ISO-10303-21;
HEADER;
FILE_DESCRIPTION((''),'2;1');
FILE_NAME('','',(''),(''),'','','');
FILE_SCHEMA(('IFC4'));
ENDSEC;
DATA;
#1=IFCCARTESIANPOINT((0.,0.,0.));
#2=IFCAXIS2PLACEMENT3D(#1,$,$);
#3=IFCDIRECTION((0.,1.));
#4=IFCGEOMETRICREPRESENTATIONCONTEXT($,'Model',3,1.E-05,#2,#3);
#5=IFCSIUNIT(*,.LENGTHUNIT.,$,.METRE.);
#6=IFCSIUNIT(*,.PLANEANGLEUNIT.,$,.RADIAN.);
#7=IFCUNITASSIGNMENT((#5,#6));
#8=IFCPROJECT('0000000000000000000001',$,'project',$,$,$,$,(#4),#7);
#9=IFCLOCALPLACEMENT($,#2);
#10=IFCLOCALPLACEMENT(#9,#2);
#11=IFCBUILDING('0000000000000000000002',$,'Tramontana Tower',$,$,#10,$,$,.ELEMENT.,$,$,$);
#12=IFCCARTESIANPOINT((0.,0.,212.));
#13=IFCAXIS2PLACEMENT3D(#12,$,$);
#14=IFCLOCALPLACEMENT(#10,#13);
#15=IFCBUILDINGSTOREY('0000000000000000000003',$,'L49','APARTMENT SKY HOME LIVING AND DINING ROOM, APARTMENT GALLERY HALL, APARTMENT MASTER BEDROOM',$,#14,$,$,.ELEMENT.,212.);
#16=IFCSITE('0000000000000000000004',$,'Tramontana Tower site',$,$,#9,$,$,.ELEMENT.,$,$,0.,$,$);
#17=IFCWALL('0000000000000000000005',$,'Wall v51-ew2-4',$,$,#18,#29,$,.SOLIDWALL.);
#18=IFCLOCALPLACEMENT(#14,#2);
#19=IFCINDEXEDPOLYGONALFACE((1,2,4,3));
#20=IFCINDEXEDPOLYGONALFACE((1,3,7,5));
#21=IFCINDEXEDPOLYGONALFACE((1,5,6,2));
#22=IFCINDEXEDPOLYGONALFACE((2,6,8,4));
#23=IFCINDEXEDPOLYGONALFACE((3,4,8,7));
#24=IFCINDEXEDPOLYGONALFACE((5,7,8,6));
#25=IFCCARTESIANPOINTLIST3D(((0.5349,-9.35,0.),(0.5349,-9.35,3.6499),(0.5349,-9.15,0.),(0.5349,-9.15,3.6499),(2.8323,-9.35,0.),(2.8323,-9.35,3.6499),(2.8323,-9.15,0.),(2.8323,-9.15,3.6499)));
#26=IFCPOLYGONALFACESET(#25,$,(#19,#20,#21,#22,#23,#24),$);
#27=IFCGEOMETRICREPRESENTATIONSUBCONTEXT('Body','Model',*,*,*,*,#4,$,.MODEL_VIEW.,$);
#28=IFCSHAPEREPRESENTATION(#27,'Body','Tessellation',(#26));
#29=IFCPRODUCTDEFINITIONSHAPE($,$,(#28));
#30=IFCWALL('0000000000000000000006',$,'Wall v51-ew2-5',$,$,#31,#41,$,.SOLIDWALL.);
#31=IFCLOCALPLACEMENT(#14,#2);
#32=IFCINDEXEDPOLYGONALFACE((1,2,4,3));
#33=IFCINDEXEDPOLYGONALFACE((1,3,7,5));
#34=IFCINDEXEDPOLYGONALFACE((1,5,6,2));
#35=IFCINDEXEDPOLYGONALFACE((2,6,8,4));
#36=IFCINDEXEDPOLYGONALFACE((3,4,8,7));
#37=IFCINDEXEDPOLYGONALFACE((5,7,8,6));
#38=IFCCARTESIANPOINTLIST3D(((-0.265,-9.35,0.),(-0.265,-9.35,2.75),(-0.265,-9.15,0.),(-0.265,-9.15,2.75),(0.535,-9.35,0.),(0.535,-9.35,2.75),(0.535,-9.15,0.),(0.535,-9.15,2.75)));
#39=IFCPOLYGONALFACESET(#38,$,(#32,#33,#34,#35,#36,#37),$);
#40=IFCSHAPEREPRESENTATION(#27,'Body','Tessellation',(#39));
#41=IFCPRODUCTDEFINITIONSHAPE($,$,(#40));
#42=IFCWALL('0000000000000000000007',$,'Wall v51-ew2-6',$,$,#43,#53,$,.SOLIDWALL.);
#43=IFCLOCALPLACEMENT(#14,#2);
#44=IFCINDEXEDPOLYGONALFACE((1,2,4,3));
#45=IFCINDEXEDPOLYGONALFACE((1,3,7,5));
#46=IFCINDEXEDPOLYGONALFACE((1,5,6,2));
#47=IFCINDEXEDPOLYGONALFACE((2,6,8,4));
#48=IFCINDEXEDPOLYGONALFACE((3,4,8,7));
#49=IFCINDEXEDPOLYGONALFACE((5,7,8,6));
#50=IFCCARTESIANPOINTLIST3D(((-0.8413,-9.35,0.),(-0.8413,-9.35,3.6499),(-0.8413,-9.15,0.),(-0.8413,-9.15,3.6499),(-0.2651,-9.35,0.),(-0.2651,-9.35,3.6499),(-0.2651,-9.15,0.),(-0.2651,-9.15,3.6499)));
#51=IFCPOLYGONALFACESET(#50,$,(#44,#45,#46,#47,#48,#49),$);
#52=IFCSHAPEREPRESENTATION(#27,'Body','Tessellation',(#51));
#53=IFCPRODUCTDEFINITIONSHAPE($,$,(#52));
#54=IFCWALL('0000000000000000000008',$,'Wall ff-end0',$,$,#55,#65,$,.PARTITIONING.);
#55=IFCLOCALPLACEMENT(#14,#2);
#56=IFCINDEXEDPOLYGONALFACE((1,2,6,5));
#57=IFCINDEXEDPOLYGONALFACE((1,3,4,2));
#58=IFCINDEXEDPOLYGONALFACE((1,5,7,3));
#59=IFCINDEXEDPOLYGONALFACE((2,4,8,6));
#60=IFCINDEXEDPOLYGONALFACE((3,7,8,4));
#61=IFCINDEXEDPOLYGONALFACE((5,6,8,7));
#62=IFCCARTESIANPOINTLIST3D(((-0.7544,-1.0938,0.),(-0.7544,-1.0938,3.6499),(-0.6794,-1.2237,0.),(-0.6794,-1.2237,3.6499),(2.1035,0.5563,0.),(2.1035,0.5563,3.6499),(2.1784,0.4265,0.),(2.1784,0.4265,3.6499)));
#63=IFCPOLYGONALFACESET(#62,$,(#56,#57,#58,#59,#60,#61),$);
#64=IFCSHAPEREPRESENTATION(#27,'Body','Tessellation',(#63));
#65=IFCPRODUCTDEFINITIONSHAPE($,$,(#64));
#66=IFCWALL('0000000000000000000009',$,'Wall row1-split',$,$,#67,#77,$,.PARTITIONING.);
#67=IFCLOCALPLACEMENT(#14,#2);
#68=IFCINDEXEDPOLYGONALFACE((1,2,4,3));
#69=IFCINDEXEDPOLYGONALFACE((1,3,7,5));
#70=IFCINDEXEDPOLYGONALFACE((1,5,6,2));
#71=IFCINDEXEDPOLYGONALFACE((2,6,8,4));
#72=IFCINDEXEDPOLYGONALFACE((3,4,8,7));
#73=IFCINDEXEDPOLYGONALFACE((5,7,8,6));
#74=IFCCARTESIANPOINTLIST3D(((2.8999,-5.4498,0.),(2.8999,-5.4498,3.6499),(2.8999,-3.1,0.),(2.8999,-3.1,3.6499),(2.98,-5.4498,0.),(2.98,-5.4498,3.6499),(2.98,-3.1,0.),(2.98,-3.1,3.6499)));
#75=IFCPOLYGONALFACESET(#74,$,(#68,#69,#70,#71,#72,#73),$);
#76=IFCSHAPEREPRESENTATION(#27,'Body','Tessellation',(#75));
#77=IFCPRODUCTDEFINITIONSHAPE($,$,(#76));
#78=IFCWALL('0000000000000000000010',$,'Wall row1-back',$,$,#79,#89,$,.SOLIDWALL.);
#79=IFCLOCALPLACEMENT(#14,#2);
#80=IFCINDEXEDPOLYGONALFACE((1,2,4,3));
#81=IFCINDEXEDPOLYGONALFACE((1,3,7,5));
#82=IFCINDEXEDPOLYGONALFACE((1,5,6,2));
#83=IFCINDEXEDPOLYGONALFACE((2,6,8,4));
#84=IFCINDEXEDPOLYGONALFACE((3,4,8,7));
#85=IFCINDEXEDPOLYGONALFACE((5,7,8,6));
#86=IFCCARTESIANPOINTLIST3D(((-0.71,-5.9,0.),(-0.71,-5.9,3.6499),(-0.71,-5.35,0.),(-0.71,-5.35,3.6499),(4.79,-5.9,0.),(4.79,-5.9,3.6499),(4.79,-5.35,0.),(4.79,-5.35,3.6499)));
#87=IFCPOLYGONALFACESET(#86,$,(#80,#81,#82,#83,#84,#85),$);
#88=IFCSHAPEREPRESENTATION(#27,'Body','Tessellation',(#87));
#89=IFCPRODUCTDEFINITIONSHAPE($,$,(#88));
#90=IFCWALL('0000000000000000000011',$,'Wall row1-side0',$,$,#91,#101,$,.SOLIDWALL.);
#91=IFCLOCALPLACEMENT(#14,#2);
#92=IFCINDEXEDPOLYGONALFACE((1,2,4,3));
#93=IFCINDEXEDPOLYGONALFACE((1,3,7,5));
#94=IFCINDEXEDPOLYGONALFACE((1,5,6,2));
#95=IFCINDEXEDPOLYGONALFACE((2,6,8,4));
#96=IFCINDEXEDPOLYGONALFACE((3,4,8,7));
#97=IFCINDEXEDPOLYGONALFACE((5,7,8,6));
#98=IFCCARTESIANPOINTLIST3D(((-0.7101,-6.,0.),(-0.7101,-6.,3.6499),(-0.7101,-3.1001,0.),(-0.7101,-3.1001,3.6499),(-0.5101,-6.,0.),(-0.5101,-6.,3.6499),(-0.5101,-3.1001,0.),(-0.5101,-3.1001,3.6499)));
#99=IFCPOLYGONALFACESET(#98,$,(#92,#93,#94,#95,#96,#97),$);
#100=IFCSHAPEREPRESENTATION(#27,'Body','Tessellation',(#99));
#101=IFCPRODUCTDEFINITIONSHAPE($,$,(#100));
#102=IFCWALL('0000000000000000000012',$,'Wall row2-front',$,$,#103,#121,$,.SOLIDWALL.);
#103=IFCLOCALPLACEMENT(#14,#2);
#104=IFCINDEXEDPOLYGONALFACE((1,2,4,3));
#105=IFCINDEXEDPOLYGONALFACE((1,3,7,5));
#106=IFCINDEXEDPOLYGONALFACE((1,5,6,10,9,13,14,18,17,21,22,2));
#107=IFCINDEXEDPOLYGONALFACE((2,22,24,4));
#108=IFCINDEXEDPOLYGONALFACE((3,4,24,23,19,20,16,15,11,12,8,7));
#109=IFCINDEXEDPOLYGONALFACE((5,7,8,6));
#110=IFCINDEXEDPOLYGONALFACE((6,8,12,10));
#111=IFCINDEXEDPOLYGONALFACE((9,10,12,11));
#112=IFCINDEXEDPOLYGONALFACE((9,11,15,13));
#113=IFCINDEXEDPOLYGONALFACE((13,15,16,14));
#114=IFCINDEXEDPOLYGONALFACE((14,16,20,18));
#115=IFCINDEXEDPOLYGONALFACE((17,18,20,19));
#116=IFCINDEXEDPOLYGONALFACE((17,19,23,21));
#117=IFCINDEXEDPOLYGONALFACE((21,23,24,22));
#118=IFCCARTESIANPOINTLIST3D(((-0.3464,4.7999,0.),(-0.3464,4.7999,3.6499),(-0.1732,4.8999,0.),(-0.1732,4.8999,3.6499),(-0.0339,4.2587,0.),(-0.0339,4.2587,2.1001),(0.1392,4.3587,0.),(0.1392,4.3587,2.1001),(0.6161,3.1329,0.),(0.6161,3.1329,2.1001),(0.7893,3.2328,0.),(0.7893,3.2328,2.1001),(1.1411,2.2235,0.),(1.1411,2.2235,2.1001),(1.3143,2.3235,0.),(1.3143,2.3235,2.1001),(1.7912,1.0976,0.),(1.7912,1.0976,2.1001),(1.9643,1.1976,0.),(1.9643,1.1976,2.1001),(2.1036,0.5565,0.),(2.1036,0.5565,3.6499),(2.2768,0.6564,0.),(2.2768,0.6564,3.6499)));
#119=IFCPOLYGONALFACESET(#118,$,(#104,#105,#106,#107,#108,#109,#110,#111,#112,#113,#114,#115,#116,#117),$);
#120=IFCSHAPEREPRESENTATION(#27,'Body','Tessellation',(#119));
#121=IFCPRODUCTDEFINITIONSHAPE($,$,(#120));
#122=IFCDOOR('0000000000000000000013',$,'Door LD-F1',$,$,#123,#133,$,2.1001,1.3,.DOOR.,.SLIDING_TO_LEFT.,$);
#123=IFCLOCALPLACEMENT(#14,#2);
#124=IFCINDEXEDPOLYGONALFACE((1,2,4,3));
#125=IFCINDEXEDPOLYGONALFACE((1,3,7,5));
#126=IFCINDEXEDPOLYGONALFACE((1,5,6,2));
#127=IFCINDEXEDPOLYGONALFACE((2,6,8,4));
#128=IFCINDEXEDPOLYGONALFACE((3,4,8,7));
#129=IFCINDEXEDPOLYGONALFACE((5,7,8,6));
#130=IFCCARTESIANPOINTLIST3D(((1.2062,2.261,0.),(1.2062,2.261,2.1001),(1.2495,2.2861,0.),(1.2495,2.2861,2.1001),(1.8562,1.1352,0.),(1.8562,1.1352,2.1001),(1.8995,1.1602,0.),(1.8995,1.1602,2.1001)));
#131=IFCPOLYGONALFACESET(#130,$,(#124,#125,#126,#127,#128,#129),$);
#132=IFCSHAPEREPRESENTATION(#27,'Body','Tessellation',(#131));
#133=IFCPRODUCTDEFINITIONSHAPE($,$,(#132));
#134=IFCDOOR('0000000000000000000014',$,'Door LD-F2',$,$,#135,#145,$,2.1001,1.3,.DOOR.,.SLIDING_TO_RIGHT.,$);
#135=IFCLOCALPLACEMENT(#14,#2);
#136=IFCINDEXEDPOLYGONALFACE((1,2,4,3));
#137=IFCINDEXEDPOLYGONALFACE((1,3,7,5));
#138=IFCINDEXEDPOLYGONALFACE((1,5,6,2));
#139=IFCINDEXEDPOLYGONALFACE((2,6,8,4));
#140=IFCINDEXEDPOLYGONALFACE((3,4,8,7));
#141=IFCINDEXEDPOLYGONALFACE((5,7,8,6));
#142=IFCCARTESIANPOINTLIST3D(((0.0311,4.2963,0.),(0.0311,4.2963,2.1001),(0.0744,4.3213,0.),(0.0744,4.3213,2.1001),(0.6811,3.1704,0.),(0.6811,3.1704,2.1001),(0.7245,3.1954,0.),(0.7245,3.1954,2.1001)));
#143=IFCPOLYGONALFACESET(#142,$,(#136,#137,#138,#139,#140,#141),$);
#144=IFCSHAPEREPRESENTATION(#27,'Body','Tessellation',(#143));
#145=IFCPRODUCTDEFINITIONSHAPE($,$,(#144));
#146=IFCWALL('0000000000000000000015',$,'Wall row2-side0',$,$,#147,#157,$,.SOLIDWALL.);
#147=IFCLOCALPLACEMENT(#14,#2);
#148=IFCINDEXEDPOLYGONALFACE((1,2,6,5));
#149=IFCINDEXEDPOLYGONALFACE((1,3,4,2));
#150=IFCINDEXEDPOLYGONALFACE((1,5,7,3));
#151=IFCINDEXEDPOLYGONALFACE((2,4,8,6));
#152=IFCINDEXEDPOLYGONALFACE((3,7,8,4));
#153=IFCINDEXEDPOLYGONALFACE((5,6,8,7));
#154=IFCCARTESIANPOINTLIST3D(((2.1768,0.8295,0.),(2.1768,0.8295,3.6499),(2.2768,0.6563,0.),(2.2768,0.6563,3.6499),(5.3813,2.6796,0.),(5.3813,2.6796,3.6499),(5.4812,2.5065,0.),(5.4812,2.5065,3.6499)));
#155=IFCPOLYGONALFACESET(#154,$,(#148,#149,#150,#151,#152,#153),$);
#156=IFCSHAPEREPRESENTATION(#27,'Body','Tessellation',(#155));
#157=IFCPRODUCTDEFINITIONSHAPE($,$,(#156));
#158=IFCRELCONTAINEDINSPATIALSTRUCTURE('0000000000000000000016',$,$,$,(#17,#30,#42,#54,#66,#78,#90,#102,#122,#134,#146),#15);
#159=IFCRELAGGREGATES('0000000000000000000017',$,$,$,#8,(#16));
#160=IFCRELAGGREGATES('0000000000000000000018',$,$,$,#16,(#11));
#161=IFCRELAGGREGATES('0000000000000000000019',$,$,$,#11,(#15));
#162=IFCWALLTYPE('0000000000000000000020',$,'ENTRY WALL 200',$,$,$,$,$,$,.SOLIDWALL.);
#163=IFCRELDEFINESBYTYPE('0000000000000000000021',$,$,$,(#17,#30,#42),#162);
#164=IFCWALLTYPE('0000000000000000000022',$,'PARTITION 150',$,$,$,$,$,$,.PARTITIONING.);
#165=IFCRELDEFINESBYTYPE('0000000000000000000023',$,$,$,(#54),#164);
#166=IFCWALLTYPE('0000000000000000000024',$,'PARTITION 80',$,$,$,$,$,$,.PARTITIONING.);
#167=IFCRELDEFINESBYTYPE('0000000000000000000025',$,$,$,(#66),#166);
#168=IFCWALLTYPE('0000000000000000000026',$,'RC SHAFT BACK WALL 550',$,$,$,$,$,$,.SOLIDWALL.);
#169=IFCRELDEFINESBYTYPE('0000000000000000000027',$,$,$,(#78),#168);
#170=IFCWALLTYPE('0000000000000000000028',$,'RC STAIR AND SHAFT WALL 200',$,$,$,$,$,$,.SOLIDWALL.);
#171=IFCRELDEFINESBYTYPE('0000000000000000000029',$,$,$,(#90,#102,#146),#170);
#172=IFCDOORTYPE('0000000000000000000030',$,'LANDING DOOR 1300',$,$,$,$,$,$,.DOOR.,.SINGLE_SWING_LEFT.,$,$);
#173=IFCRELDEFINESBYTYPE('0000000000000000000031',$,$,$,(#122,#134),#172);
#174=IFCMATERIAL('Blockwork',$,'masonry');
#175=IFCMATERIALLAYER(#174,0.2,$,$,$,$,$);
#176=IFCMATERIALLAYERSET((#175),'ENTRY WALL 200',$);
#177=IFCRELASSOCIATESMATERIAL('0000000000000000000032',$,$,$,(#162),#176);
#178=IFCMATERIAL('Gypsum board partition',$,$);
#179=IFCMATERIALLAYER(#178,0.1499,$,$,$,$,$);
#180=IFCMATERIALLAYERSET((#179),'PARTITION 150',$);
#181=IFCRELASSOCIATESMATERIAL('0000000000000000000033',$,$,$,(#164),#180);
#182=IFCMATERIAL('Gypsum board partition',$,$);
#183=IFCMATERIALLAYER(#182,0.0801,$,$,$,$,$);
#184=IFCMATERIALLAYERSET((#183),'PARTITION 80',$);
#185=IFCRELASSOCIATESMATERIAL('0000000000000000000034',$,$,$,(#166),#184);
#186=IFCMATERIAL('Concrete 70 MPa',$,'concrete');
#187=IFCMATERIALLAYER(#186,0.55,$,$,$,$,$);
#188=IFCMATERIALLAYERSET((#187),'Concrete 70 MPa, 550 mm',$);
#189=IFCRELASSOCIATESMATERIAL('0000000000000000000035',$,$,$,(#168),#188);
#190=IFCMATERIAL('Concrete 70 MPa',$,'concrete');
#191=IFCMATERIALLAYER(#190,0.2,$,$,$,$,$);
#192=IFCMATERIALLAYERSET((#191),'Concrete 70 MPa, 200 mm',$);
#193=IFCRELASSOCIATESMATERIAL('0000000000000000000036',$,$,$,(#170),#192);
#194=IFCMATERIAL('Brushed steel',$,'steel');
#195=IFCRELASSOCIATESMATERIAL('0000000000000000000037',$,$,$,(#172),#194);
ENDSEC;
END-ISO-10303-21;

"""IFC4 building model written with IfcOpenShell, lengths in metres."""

from ifc_helpers import new_model, si_unit, direction, frame, frame_2d, origin, place, context, subcontext, project, spatial, rectangle, extrude, material, layer, layer_set, type_object, element, fill, save


model = new_model("IFC4")

# Units and contexts
model_context = context("Model", 3, precision=1e-05, world=origin(), true_north=direction((0.0, 1.0)))
body_context = subcontext(model_context, "Body", "Model", "MODEL_VIEW")
ifc_project = project(units=[si_unit("LENGTHUNIT", "METRE"), si_unit("PLANEANGLEUNIT", "RADIAN")], contexts=[model_context])

# Site, building, storey
site_placement = place(None, origin())
site = spatial("IfcSite", under=ifc_project, at=site_placement, Name="Tramontana Tower site", CompositionType="ELEMENT", RefElevation=0.0)
building_placement = place(site_placement, origin())
building = spatial("IfcBuilding", under=site, at=building_placement, Name="Tramontana Tower", CompositionType="ELEMENT")
storey_placement = place(building_placement, frame((0.0, 0.0, 212.0)))
storey = spatial("IfcBuildingStorey", under=building, at=storey_placement, Name="L49", Description="APARTMENT SKY HOME LIVING AND DINING ROOM, APARTMENT GALLERY HALL, APARTMENT MASTER BEDROOM", CompositionType="ELEMENT", Elevation=212.0)

# Walls
ifc_material_1 = material(Name="Blockwork", Category="masonry")
ifc_layer_1 = layer(ifc_material_1, 0.2)
ifc_layer_set_1 = layer_set([ifc_layer_1], Name="ENTRY WALL 200")
wall_type_1 = type_object("IfcWallType", Name="ENTRY WALL 200", PredefinedType="SOLIDWALL", material=ifc_layer_set_1)
wall_1_placement = place(storey_placement, frame((2.8323, -9.25, 0.0), z_axis=(0.0, 0.0, 1.0), x_axis=(-1.0, 0.0, 0.0)))
element("IfcWall", 1, at=wall_1_placement, inside=storey, type_object=wall_type_1, Name="Wall v51-ew2-4", PredefinedType="SOLIDWALL", context=body_context, shape_type="SweptSolid", body=[
    extrude(rectangle(XDim=2.2974, YDim=0.2, at=frame_2d((1.1487, 0.0))), origin(), (0.0, 0.0, 1.0), 3.6499),
])
wall_2_placement = place(storey_placement, frame((0.5349, -9.25, 0.0), z_axis=(0.0, 0.0, 1.0), x_axis=(-1.0, 0.0, 0.0)))
element("IfcWall", 2, at=wall_2_placement, inside=storey, type_object=wall_type_1, Name="Wall v51-ew2-5", PredefinedType="SOLIDWALL", context=body_context, shape_type="SweptSolid", body=[
    extrude(rectangle(XDim=0.8, YDim=0.2, at=frame_2d((0.3999, 0.0))), origin(), (0.0, 0.0, 1.0), 2.75),
])
wall_3_placement = place(storey_placement, frame((-0.2651, -9.25, 0.0), z_axis=(0.0, 0.0, 1.0), x_axis=(-1.0, 0.0, 0.0)))
element("IfcWall", 3, at=wall_3_placement, inside=storey, type_object=wall_type_1, Name="Wall v51-ew2-6", PredefinedType="SOLIDWALL", context=body_context, shape_type="SweptSolid", body=[
    extrude(rectangle(XDim=0.5762, YDim=0.2, at=frame_2d((0.2881, 0.0))), origin(), (0.0, 0.0, 1.0), 3.6499),
])

# Shared definitions
ifc_material_2 = material(Name="Gypsum board partition")
ifc_layer_2 = layer(ifc_material_2, 0.1499)
ifc_layer_set_2 = layer_set([ifc_layer_2], Name="PARTITION 150")
wall_type_2 = type_object("IfcWallType", Name="PARTITION 150", PredefinedType="PARTITIONING", material=ifc_layer_set_2)

# Walls
wall_4_placement = place(storey_placement, frame((-0.7168, -1.1587, 0.0), z_axis=(0.0, 0.0, 1.0), x_axis=(0.866008, 0.50003, 0.0)))
element("IfcWall", 4, at=wall_4_placement, inside=storey, type_object=wall_type_2, Name="Wall ff-end0", PredefinedType="PARTITIONING", context=body_context, shape_type="SweptSolid", body=[
    extrude(rectangle(XDim=3.3, YDim=0.1499, at=frame_2d((1.6499, 0.0))), origin(), (0.0, 0.0, 1.0), 3.6499),
])
ifc_material_3 = material(Name="Gypsum board partition")
ifc_layer_3 = layer(ifc_material_3, 0.0801)
ifc_layer_set_3 = layer_set([ifc_layer_3], Name="PARTITION 80")
wall_type_3 = type_object("IfcWallType", Name="PARTITION 80", PredefinedType="PARTITIONING", material=ifc_layer_set_3)
wall_5_placement = place(storey_placement, frame((2.9399, -3.1001, 0.0), z_axis=(0.0, 0.0, 1.0), x_axis=(0.0, -1.0, 0.0)))
element("IfcWall", 5, at=wall_5_placement, inside=storey, type_object=wall_type_3, Name="Wall row1-split", PredefinedType="PARTITIONING", context=body_context, shape_type="SweptSolid", body=[
    extrude(rectangle(XDim=2.3499, YDim=0.0801, at=frame_2d((1.1748, 0.0))), origin(), (0.0, 0.0, 1.0), 3.6499),
])
ifc_material_4 = material(Name="Concrete 70 MPa", Category="concrete")
ifc_layer_4 = layer(ifc_material_4, 0.55)
ifc_layer_set_4 = layer_set([ifc_layer_4], Name="Concrete 70 MPa, 550 mm")
wall_type_4 = type_object("IfcWallType", Name="RC SHAFT BACK WALL 550", PredefinedType="SOLIDWALL", material=ifc_layer_set_4)
wall_6_placement = place(storey_placement, frame((-0.71, -5.625, 0.0), z_axis=(0.0, 0.0, 1.0), x_axis=(1.0, 0.0, 0.0)))
element("IfcWall", 6, at=wall_6_placement, inside=storey, type_object=wall_type_4, Name="Wall row1-back", PredefinedType="SOLIDWALL", context=body_context, shape_type="SweptSolid", body=[
    extrude(rectangle(XDim=5.5, YDim=0.55, at=frame_2d((2.75, 0.0))), origin(), (0.0, 0.0, 1.0), 3.6499),
])

# Shared definitions
ifc_material_5 = material(Name="Concrete 70 MPa", Category="concrete")
ifc_layer_5 = layer(ifc_material_5, 0.2)
ifc_layer_set_5 = layer_set([ifc_layer_5], Name="Concrete 70 MPa, 200 mm")
wall_type_5 = type_object("IfcWallType", Name="RC STAIR AND SHAFT WALL 200", PredefinedType="SOLIDWALL", material=ifc_layer_set_5)

# Wall
wall_7_placement = place(storey_placement, frame((-0.6101, -3.1001, 0.0), z_axis=(0.0, 0.0, 1.0), x_axis=(0.0, -1.0, 0.0)))
element("IfcWall", 7, at=wall_7_placement, inside=storey, type_object=wall_type_5, Name="Wall row1-side0", PredefinedType="SOLIDWALL", context=body_context, shape_type="SweptSolid", body=[
    extrude(rectangle(XDim=2.8999, YDim=0.2, at=frame_2d((1.45, 0.0))), origin(), (0.0, 0.0, 1.0), 3.6499),
])

# Wall, openings, doors
wall_8_placement = place(storey_placement, frame((2.1902, 0.6064, 0.0), z_axis=(0.0, 0.0, 1.0), x_axis=(-0.500003, 0.866024, 0.0)))
wall_8 = element("IfcWall", 8, at=wall_8_placement, inside=storey, type_object=wall_type_5, Name="Wall row2-front", PredefinedType="SOLIDWALL", context=body_context, shape_type="SweptSolid", body=[
    extrude(rectangle(XDim=4.8999, YDim=0.2, at=frame_2d((2.45, 0.0))), origin(), (0.0, 0.0, 1.0), 3.6499),
])
opening_1_placement = place(wall_8_placement, frame((0.625, 0.0, 0.0)))
opening_1 = element("IfcOpeningElement", 9, at=opening_1_placement, cuts=wall_8, PredefinedType="OPENING", context=body_context, shape_type="SweptSolid", body=[
    extrude(rectangle(XDim=1.3, YDim=2.1001, at=frame_2d((0.6499, 1.05))), frame((0.0, 0.1099, 0.0), z_axis=(0.0, -1.0, 0.0), x_axis=(1.0, 0.0, 0.0)), (0.0, 0.0, 1.0), 0.22),
])
opening_2_placement = place(wall_8_placement, frame((2.9751, 0.0, 0.0)))
opening_2 = element("IfcOpeningElement", 10, at=opening_2_placement, cuts=wall_8, PredefinedType="OPENING", context=body_context, shape_type="SweptSolid", body=[
    extrude(rectangle(XDim=1.3, YDim=2.1001, at=frame_2d((0.6499, 1.05))), frame((0.0, 0.1099, 0.0), z_axis=(0.0, -1.0, 0.0), x_axis=(1.0, 0.0, 0.0)), (0.0, 0.0, 1.0), 0.22),
])
ifc_material_6 = material(Name="Brushed steel", Category="steel")
door_type_1 = type_object("IfcDoorType", Name="LANDING DOOR 1300", OperationType="SINGLE_SWING_LEFT", PredefinedType="DOOR", material=ifc_material_6)
door_1_placement = place(opening_1_placement, origin())
door_1 = element("IfcDoor", 11, at=door_1_placement, inside=storey, type_object=door_type_1, Name="Door LD-F1", OperationType="SLIDING_TO_LEFT", OverallHeight=2.1001, OverallWidth=1.3, PredefinedType="DOOR", context=body_context, shape_type="SweptSolid", body=[
    extrude(rectangle(XDim=1.3, YDim=2.1001, at=frame_2d((0.6499, 1.05))), frame((0.0, 0.0249, 0.0), z_axis=(0.0, -1.0, 0.0), x_axis=(1.0, 0.0, 0.0)), (0.0, 0.0, 1.0), 0.05),
])
fill(opening_1, door_1)
door_2_placement = place(opening_2_placement, origin())
door_2 = element("IfcDoor", 12, at=door_2_placement, inside=storey, type_object=door_type_1, Name="Door LD-F2", OperationType="SLIDING_TO_RIGHT", OverallHeight=2.1001, OverallWidth=1.3, PredefinedType="DOOR", context=body_context, shape_type="SweptSolid", body=[
    extrude(rectangle(XDim=1.3, YDim=2.1001, at=frame_2d((0.6499, 1.05))), frame((0.0, 0.0249, 0.0), z_axis=(0.0, -1.0, 0.0), x_axis=(1.0, 0.0, 0.0)), (0.0, 0.0, 1.0), 0.05),
])
fill(opening_2, door_2)

# Wall
wall_9_placement = place(storey_placement, frame((2.2268, 0.7429, 0.0), z_axis=(0.0, 0.0, 1.0), x_axis=(0.866017, 0.500014, 0.0)))
element("IfcWall", 13, at=wall_9_placement, inside=storey, type_object=wall_type_5, Name="Wall row2-side0", PredefinedType="SOLIDWALL", context=body_context, shape_type="SweptSolid", body=[
    extrude(rectangle(XDim=3.7002, YDim=0.2, at=frame_2d((1.8501, 0.0))), origin(), (0.0, 0.0, 1.0), 3.6499),
])

save(model, "model.ifc")
